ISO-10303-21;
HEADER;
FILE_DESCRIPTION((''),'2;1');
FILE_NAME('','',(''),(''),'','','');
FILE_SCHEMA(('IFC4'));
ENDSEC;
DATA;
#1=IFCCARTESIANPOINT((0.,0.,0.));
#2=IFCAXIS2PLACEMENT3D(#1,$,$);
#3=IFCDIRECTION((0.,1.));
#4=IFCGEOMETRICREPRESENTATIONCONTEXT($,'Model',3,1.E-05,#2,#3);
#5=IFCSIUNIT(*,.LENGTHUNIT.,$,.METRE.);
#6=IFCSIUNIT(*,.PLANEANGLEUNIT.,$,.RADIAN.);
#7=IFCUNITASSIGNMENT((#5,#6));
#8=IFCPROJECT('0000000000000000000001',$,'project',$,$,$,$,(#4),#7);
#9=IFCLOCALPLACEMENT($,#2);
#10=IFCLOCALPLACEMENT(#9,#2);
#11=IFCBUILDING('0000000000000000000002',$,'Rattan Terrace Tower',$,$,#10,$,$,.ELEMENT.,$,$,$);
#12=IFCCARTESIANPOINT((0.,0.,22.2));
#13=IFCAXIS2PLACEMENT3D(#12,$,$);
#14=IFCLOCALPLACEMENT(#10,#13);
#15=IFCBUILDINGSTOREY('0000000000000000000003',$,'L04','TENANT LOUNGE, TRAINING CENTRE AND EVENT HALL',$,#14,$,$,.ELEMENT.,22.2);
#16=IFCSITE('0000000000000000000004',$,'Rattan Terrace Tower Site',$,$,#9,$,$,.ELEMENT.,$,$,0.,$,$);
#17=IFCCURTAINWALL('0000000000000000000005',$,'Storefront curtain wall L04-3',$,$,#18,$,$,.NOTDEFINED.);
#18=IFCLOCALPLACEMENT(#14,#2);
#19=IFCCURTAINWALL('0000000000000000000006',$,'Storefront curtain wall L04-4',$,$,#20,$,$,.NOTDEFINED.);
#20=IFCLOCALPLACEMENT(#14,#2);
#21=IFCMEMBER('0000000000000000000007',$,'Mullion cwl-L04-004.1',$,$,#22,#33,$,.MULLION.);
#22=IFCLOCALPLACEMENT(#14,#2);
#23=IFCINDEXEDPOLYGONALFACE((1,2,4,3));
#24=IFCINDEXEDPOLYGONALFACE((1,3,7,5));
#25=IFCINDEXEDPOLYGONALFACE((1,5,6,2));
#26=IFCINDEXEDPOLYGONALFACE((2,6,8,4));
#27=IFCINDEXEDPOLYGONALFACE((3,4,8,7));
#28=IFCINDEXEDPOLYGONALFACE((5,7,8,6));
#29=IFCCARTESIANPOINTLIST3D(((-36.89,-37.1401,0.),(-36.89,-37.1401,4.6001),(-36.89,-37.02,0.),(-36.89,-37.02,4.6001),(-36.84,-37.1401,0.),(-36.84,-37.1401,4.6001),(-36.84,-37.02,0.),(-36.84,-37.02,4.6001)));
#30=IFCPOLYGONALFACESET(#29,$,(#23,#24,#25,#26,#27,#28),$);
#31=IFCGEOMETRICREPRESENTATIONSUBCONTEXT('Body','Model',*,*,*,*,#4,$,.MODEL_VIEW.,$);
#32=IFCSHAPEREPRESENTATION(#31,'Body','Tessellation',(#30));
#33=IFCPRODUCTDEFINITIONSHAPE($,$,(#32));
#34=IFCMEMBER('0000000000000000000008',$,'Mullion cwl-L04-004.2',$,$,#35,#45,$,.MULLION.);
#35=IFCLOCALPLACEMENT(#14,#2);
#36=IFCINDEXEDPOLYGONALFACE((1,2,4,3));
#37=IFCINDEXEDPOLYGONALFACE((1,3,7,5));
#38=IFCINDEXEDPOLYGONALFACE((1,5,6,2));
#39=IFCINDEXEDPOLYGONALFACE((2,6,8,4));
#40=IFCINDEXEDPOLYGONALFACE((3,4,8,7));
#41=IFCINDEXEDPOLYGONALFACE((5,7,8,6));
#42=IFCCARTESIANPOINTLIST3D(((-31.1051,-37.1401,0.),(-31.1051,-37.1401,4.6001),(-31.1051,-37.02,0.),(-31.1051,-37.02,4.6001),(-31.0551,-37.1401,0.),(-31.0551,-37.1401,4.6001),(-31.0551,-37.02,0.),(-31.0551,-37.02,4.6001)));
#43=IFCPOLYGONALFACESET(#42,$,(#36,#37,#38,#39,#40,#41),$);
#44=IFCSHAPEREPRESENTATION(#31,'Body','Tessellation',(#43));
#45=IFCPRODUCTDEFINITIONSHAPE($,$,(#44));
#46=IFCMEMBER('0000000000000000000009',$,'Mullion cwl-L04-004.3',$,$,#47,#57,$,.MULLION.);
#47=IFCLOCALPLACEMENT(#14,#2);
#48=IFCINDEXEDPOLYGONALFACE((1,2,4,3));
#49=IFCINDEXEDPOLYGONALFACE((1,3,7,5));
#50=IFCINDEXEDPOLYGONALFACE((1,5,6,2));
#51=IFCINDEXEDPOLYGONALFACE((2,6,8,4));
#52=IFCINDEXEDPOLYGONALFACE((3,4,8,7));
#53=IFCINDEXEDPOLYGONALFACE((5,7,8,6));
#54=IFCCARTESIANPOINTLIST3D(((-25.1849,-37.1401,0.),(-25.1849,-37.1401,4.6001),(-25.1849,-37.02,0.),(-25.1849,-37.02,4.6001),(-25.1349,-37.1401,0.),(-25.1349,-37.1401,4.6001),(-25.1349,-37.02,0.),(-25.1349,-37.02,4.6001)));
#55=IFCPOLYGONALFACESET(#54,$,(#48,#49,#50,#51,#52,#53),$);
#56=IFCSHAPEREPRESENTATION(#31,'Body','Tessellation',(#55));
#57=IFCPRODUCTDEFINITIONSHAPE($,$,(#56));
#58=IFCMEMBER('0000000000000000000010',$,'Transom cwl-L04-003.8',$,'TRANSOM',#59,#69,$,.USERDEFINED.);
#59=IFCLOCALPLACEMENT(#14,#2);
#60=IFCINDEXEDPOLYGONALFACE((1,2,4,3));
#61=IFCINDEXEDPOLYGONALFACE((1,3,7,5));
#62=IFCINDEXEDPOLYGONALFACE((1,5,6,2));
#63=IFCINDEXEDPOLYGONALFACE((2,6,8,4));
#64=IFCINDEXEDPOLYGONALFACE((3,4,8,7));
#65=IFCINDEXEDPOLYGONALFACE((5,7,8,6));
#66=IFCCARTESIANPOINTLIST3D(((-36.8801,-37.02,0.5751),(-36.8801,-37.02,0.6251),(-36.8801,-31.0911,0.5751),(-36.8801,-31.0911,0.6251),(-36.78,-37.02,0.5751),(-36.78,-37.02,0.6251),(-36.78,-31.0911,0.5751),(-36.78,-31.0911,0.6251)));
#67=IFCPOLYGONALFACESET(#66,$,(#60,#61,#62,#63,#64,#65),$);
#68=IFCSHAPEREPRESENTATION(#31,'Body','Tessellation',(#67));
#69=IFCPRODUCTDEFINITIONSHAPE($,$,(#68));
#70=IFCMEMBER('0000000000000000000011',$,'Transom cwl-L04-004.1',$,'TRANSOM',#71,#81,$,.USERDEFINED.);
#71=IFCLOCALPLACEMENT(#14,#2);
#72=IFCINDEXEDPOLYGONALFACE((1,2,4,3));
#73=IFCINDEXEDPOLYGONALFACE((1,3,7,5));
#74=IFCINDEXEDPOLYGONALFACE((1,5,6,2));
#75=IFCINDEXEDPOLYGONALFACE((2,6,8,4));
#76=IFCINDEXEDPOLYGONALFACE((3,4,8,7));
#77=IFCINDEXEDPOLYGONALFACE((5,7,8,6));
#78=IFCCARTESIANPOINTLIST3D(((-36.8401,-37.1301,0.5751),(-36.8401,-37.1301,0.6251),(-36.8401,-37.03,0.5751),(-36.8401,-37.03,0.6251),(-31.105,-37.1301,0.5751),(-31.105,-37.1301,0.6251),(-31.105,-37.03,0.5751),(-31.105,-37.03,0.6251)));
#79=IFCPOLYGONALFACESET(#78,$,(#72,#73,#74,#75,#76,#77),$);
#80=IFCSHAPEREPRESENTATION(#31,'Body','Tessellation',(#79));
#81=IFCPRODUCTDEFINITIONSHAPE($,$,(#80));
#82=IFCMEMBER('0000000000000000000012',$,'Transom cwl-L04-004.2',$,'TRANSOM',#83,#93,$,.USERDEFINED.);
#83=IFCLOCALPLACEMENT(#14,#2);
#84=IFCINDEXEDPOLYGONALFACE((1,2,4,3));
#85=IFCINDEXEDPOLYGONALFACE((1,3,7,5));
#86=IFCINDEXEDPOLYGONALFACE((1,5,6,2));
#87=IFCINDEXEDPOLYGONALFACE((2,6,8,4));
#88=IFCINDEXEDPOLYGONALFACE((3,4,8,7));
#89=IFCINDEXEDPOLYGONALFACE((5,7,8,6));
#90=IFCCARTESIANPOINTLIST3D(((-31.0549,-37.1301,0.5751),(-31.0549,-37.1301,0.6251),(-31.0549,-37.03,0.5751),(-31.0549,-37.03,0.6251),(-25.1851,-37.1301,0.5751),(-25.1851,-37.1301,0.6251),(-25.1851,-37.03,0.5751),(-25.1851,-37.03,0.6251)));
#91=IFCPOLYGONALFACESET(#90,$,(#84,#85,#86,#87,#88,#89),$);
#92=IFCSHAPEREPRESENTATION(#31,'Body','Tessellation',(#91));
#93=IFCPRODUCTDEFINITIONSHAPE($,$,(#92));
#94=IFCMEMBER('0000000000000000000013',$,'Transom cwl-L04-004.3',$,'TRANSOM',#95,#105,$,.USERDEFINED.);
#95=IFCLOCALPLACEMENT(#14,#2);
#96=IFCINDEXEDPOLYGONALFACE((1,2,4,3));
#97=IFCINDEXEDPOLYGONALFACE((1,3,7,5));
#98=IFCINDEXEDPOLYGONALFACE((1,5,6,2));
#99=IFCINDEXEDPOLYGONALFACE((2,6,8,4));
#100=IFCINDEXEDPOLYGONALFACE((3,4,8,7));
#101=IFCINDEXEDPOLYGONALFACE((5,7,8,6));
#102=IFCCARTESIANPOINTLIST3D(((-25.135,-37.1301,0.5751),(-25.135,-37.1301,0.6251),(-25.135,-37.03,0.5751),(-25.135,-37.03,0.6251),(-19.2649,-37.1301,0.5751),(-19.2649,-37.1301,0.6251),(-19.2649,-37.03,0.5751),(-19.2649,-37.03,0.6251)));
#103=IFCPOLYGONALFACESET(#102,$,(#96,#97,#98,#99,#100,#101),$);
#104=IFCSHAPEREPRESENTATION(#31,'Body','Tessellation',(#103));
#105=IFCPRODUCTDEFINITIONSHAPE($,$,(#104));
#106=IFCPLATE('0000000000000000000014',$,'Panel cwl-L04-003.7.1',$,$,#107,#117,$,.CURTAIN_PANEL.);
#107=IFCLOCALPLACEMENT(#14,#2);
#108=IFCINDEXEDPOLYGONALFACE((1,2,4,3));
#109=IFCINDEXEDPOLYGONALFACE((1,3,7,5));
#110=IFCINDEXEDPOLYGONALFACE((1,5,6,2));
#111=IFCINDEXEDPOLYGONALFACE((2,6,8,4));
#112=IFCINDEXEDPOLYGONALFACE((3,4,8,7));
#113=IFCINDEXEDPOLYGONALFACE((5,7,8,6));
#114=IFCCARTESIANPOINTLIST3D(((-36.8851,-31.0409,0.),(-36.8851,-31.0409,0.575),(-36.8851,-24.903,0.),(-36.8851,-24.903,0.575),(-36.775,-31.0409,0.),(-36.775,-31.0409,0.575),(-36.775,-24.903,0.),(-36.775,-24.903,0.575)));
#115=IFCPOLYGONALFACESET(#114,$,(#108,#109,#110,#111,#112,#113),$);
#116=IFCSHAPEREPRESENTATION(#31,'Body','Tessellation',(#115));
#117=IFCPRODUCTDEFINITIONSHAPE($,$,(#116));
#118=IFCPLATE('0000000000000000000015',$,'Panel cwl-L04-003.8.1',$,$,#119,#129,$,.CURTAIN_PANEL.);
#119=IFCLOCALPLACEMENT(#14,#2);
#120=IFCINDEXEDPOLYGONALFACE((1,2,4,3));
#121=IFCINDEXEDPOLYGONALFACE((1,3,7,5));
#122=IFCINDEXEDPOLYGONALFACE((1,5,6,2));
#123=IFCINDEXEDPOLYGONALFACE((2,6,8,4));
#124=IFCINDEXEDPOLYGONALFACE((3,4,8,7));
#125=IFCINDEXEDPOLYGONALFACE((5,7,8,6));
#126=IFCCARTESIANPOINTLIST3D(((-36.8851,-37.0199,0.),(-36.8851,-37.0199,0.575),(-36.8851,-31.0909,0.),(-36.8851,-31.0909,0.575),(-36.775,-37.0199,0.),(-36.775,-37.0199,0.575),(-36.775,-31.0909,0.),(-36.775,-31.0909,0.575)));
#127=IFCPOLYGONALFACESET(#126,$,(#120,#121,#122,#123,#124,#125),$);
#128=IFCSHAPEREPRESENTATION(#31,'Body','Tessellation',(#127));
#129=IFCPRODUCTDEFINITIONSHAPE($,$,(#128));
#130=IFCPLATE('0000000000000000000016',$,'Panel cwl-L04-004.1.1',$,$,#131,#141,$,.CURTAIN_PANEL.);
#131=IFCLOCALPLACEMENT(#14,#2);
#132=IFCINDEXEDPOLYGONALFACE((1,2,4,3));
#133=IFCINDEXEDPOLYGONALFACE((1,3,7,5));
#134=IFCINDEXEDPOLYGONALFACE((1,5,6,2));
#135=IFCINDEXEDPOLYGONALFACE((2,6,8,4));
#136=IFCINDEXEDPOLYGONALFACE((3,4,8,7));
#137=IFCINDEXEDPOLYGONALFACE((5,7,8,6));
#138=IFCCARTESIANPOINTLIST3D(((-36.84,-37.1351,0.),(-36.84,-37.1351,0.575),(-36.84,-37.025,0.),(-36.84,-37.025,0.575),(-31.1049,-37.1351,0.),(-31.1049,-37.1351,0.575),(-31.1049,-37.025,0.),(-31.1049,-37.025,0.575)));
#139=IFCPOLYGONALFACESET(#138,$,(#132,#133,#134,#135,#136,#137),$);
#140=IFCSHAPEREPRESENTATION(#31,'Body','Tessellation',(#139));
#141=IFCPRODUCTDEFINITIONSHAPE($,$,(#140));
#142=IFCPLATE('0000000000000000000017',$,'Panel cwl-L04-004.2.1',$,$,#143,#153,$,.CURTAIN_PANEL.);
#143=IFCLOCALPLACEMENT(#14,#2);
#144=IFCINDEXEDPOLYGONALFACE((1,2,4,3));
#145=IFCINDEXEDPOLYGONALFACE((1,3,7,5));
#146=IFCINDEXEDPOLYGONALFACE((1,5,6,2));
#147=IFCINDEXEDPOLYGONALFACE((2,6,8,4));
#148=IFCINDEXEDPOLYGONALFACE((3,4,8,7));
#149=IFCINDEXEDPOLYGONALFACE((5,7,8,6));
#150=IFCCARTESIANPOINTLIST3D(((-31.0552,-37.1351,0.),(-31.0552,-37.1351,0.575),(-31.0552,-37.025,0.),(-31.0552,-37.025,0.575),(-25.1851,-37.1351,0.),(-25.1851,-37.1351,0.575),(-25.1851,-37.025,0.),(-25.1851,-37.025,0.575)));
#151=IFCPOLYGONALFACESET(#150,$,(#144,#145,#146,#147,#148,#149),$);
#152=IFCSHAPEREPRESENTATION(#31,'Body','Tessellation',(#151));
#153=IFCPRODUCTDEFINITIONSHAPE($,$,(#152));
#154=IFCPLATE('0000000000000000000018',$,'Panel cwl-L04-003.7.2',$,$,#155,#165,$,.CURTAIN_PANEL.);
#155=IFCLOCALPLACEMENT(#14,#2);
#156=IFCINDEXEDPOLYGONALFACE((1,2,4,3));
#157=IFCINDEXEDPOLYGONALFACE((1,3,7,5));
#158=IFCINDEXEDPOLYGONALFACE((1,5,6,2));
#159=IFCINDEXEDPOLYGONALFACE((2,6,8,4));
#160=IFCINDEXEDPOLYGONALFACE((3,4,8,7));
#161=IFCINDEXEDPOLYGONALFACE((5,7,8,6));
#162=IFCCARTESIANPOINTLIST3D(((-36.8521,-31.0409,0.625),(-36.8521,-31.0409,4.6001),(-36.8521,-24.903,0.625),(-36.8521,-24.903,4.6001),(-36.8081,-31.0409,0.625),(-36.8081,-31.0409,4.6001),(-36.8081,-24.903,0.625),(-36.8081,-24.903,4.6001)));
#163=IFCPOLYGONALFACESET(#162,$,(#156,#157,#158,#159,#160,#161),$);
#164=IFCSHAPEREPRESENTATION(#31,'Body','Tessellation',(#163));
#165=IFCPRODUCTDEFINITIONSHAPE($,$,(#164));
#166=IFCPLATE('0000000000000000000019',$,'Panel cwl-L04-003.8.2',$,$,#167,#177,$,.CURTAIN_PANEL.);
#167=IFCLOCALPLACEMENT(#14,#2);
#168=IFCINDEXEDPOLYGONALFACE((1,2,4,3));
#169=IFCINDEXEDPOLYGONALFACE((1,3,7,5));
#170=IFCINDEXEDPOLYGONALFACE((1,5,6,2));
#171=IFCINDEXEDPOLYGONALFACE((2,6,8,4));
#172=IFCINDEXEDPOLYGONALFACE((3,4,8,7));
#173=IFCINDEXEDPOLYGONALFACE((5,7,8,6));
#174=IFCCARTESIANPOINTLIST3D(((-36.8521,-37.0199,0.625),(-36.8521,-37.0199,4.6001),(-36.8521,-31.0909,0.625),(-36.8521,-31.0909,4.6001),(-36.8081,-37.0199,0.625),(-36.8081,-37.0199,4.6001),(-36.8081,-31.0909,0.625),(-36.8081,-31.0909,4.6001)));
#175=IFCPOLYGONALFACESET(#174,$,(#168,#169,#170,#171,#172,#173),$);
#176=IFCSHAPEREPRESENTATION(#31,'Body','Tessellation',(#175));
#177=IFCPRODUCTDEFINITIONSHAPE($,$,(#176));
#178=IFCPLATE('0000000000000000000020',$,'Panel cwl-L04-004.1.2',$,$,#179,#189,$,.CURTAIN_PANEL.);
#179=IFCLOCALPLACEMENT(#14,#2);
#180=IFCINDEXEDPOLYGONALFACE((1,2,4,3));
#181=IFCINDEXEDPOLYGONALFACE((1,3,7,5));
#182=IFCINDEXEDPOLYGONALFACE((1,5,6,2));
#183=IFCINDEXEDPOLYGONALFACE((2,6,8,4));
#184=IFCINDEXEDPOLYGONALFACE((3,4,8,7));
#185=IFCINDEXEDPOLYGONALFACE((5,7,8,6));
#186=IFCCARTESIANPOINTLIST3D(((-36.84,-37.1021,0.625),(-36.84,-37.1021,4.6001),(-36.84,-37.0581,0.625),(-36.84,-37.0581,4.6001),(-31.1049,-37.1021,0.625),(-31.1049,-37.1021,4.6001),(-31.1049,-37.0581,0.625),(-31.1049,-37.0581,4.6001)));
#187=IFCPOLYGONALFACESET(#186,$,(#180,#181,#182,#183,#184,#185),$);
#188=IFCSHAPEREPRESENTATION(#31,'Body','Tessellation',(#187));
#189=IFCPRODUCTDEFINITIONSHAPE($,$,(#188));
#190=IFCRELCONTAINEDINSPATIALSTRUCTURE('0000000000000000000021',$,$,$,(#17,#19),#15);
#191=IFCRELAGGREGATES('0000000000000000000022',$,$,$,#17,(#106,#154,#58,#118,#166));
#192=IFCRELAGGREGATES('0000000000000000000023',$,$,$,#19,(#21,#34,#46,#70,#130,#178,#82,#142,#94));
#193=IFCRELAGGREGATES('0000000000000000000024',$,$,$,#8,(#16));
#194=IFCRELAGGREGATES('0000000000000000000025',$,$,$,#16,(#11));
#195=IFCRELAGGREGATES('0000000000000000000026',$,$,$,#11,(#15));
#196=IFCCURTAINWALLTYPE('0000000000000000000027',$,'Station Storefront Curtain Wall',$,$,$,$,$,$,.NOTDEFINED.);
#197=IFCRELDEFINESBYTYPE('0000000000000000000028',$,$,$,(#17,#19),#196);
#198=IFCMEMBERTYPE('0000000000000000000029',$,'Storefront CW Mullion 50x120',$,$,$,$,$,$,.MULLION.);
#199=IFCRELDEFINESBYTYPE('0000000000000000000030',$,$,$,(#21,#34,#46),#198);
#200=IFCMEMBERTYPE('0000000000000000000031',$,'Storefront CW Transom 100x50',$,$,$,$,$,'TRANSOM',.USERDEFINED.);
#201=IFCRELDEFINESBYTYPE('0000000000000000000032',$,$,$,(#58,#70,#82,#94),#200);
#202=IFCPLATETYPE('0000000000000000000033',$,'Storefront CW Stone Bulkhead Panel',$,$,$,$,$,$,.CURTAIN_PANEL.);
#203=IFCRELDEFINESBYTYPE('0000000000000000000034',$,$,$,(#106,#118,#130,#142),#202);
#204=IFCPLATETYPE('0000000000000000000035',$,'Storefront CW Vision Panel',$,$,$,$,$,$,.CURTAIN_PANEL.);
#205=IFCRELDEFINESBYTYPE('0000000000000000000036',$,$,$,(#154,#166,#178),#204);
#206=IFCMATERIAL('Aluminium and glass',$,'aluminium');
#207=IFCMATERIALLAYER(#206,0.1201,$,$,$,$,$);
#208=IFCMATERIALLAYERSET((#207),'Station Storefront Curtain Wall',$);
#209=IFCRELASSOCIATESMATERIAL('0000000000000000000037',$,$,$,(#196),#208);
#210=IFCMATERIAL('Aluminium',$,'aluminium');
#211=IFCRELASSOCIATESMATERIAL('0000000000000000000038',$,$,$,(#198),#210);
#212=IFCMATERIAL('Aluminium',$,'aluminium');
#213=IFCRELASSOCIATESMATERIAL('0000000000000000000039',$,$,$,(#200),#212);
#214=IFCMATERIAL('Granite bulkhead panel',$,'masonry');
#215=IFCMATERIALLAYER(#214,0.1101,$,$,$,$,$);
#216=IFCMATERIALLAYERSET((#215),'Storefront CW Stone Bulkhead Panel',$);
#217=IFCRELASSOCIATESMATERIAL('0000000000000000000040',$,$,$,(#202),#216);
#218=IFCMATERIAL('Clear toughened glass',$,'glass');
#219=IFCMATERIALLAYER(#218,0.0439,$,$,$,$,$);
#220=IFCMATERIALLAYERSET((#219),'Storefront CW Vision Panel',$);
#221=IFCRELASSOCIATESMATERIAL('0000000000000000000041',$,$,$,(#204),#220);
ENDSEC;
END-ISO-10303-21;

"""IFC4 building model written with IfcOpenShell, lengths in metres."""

from ifc_helpers import new_model, si_unit, direction, frame, origin, origin_2d, place, context, subcontext, project, spatial, rectangle, extrude, material, layer, layer_set, material_profile, profile_set, type_object, element, aggregate, save


model = new_model("IFC4")

# Units and contexts
model_context = context("Model", 3, precision=1e-05, world=origin(), true_north=direction((0.0, 1.0)))
body_context = subcontext(model_context, "Body", "Model", "MODEL_VIEW")
ifc_project = project(units=[si_unit("LENGTHUNIT", "METRE"), si_unit("PLANEANGLEUNIT", "RADIAN")], contexts=[model_context])

# Site, building, storey
site_placement = place(None, origin())
site = spatial("IfcSite", under=ifc_project, at=site_placement, Name="Rattan Terrace Tower Site", CompositionType="ELEMENT", RefElevation=0.0)
building_placement = place(site_placement, origin())
building = spatial("IfcBuilding", under=site, at=building_placement, Name="Rattan Terrace Tower", CompositionType="ELEMENT")
storey_placement = place(building_placement, frame((0.0, 0.0, 22.2)))
storey = spatial("IfcBuildingStorey", under=building, at=storey_placement, Name="L04", Description="TENANT LOUNGE, TRAINING CENTRE AND EVENT HALL", CompositionType="ELEMENT", Elevation=22.2)

# Curtain wall
ifc_material_1 = material(Name="Aluminium and glass", Category="aluminium")
ifc_layer_1 = layer(ifc_material_1, 0.1201)
ifc_layer_set_1 = layer_set([ifc_layer_1], Name="Station Storefront Curtain Wall")
curtain_wall_type = type_object("IfcCurtainWallType", Name="Station Storefront Curtain Wall", PredefinedType="NOTDEFINED", material=ifc_layer_set_1)
curtain_wall_1_placement = place(storey_placement, origin())
curtain_wall_1 = element("IfcCurtainWall", 1, at=curtain_wall_1_placement, inside=storey, type_object=curtain_wall_type, Name="Storefront curtain wall L04-3", PredefinedType="NOTDEFINED")
ifc_material_2 = material(Name="Aluminium", Category="aluminium")
ifc_material_profile_1 = material_profile(ifc_material_2, rectangle(XDim=0.05, YDim=0.1201, at=origin_2d()), Name="Aluminium 50x120")
ifc_profile_set_1 = profile_set([ifc_material_profile_1], Name="Aluminium")
member_type_1 = type_object("IfcMemberType", Name="Storefront CW Mullion 50x120", PredefinedType="MULLION", material=ifc_profile_set_1)

# Curtain wall, members
curtain_wall_2_placement = place(storey_placement, origin())
curtain_wall_2 = element("IfcCurtainWall", 2, at=curtain_wall_2_placement, inside=storey, type_object=curtain_wall_type, Name="Storefront curtain wall L04-4", PredefinedType="NOTDEFINED")
member_1_placement = place(storey_placement, frame((-36.865, -37.0801, 0.0), z_axis=(0.0, 0.0, 1.0), x_axis=(1.0, 0.0, 0.0)))
member_1 = element("IfcMember", 3, at=member_1_placement, type_object=member_type_1, Name="Mullion cwl-L04-004.1", PredefinedType="MULLION", context=body_context, shape_type="SweptSolid", body=[
    extrude(rectangle(XDim=0.05, YDim=0.1201, at=origin_2d()), origin(), (0.0, 0.0, 1.0), 4.6001),
])
member_2_placement = place(storey_placement, frame((-31.0801, -37.0801, 0.0), z_axis=(0.0, 0.0, 1.0), x_axis=(1.0, 0.0, 0.0)))
member_2 = element("IfcMember", 4, at=member_2_placement, type_object=member_type_1, Name="Mullion cwl-L04-004.2", PredefinedType="MULLION", context=body_context, shape_type="SweptSolid", body=[
    extrude(rectangle(XDim=0.05, YDim=0.1201, at=origin_2d()), origin(), (0.0, 0.0, 1.0), 4.6001),
])
member_3_placement = place(storey_placement, frame((-25.1599, -37.0801, 0.0), z_axis=(0.0, 0.0, 1.0), x_axis=(1.0, 0.0, 0.0)))
member_3 = element("IfcMember", 5, at=member_3_placement, type_object=member_type_1, Name="Mullion cwl-L04-004.3", PredefinedType="MULLION", context=body_context, shape_type="SweptSolid", body=[
    extrude(rectangle(XDim=0.05, YDim=0.1201, at=origin_2d()), origin(), (0.0, 0.0, 1.0), 4.6001),
])

# Members
ifc_material_3 = material(Name="Aluminium", Category="aluminium")
ifc_material_profile_2 = material_profile(ifc_material_3, rectangle(XDim=0.1001, YDim=0.05, at=origin_2d()), Name="Aluminium 100x50")
ifc_profile_set_2 = profile_set([ifc_material_profile_2], Name="Aluminium")
member_type_2 = type_object("IfcMemberType", Name="Storefront CW Transom 100x50", ElementType="TRANSOM", PredefinedType="USERDEFINED", material=ifc_profile_set_2)
member_4_placement = place(storey_placement, frame((-36.8301, -31.0911, 0.6001), z_axis=(0.0, -1.0, 0.0), x_axis=(1.0, 0.0, 0.0)))
member_4 = element("IfcMember", 6, at=member_4_placement, type_object=member_type_2, Name="Transom cwl-L04-003.8", ObjectType="TRANSOM", PredefinedType="USERDEFINED", context=body_context, shape_type="SweptSolid", body=[
    extrude(rectangle(XDim=0.1001, YDim=0.05, at=origin_2d()), origin(), (0.0, 0.0, 1.0), 5.929),
])
member_5_placement = place(storey_placement, frame((-36.8401, -37.0801, 0.6001), z_axis=(1.0, 0.0, 0.0), x_axis=(0.0, 1.0, 0.0)))
member_5 = element("IfcMember", 7, at=member_5_placement, type_object=member_type_2, Name="Transom cwl-L04-004.1", ObjectType="TRANSOM", PredefinedType="USERDEFINED", context=body_context, shape_type="SweptSolid", body=[
    extrude(rectangle(XDim=0.1001, YDim=0.05, at=origin_2d()), origin(), (0.0, 0.0, 1.0), 5.7351),
])
member_6_placement = place(storey_placement, frame((-31.0549, -37.0801, 0.6001), z_axis=(1.0, 0.0, 0.0), x_axis=(0.0, 1.0, 0.0)))
member_6 = element("IfcMember", 8, at=member_6_placement, type_object=member_type_2, Name="Transom cwl-L04-004.2", ObjectType="TRANSOM", PredefinedType="USERDEFINED", context=body_context, shape_type="SweptSolid", body=[
    extrude(rectangle(XDim=0.1001, YDim=0.05, at=origin_2d()), origin(), (0.0, 0.0, 1.0), 5.8699),
])
member_7_placement = place(storey_placement, frame((-25.135, -37.0801, 0.6001), z_axis=(1.0, 0.0, 0.0), x_axis=(0.0, 1.0, 0.0)))
member_7 = element("IfcMember", 9, at=member_7_placement, type_object=member_type_2, Name="Transom cwl-L04-004.3", ObjectType="TRANSOM", PredefinedType="USERDEFINED", context=body_context, shape_type="SweptSolid", body=[
    extrude(rectangle(XDim=0.1001, YDim=0.05, at=origin_2d()), origin(), (0.0, 0.0, 1.0), 5.8701),
])

# Plates
ifc_material_4 = material(Name="Granite bulkhead panel", Category="masonry")
ifc_layer_2 = layer(ifc_material_4, 0.1101)
ifc_layer_set_2 = layer_set([ifc_layer_2], Name="Storefront CW Stone Bulkhead Panel")
plate_type_1 = type_object("IfcPlateType", Name="Storefront CW Stone Bulkhead Panel", PredefinedType="CURTAIN_PANEL", material=ifc_layer_set_2)
plate_1_placement = place(storey_placement, frame((-36.8301, -27.9719, 0.0), z_axis=(0.0, 0.0, 1.0), x_axis=(0.0, -1.0, 0.0)))
plate_1 = element("IfcPlate", 10, at=plate_1_placement, type_object=plate_type_1, Name="Panel cwl-L04-003.7.1", PredefinedType="CURTAIN_PANEL", context=body_context, shape_type="SweptSolid", body=[
    extrude(rectangle(XDim=6.1379, YDim=0.1101, at=origin_2d()), origin(), (0.0, 0.0, 1.0), 0.575),
])
plate_2_placement = place(storey_placement, frame((-36.8301, -34.0554, 0.0), z_axis=(0.0, 0.0, 1.0), x_axis=(0.0, -1.0, 0.0)))
plate_2 = element("IfcPlate", 11, at=plate_2_placement, type_object=plate_type_1, Name="Panel cwl-L04-003.8.1", PredefinedType="CURTAIN_PANEL", context=body_context, shape_type="SweptSolid", body=[
    extrude(rectangle(XDim=5.929, YDim=0.1101, at=origin_2d()), origin(), (0.0, 0.0, 1.0), 0.575),
])
plate_3_placement = place(storey_placement, frame((-33.9724, -37.0801, 0.0), z_axis=(0.0, 0.0, 1.0), x_axis=(1.0, 0.0, 0.0)))
plate_3 = element("IfcPlate", 12, at=plate_3_placement, type_object=plate_type_1, Name="Panel cwl-L04-004.1.1", PredefinedType="CURTAIN_PANEL", context=body_context, shape_type="SweptSolid", body=[
    extrude(rectangle(XDim=5.7351, YDim=0.1101, at=origin_2d()), origin(), (0.0, 0.0, 1.0), 0.575),
])
plate_4_placement = place(storey_placement, frame((-28.1201, -37.0801, 0.0), z_axis=(0.0, 0.0, 1.0), x_axis=(1.0, 0.0, 0.0)))
plate_4 = element("IfcPlate", 13, at=plate_4_placement, type_object=plate_type_1, Name="Panel cwl-L04-004.2.1", PredefinedType="CURTAIN_PANEL", context=body_context, shape_type="SweptSolid", body=[
    extrude(rectangle(XDim=5.8701, YDim=0.1101, at=origin_2d()), origin(), (0.0, 0.0, 1.0), 0.575),
])
ifc_material_5 = material(Name="Clear toughened glass", Category="glass")
ifc_layer_3 = layer(ifc_material_5, 0.0439)
ifc_layer_set_3 = layer_set([ifc_layer_3], Name="Storefront CW Vision Panel")
plate_type_2 = type_object("IfcPlateType", Name="Storefront CW Vision Panel", PredefinedType="CURTAIN_PANEL", material=ifc_layer_set_3)
plate_5_placement = place(storey_placement, frame((-36.8301, -27.9719, 0.625), z_axis=(0.0, 0.0, 1.0), x_axis=(0.0, -1.0, 0.0)))
plate_5 = element("IfcPlate", 14, at=plate_5_placement, type_object=plate_type_2, Name="Panel cwl-L04-003.7.2", PredefinedType="CURTAIN_PANEL", context=body_context, shape_type="SweptSolid", body=[
    extrude(rectangle(XDim=6.1379, YDim=0.0439, at=origin_2d()), origin(), (0.0, 0.0, 1.0), 3.9751),
])
plate_6_placement = place(storey_placement, frame((-36.8301, -34.0554, 0.625), z_axis=(0.0, 0.0, 1.0), x_axis=(0.0, -1.0, 0.0)))
plate_6 = element("IfcPlate", 15, at=plate_6_placement, type_object=plate_type_2, Name="Panel cwl-L04-003.8.2", PredefinedType="CURTAIN_PANEL", context=body_context, shape_type="SweptSolid", body=[
    extrude(rectangle(XDim=5.929, YDim=0.0439, at=origin_2d()), origin(), (0.0, 0.0, 1.0), 3.9751),
])
aggregate(curtain_wall_1, [plate_1, plate_5, member_4, plate_2, plate_6])
plate_7_placement = place(storey_placement, frame((-33.9724, -37.0801, 0.625), z_axis=(0.0, 0.0, 1.0), x_axis=(1.0, 0.0, 0.0)))
plate_7 = element("IfcPlate", 16, at=plate_7_placement, type_object=plate_type_2, Name="Panel cwl-L04-004.1.2", PredefinedType="CURTAIN_PANEL", context=body_context, shape_type="SweptSolid", body=[
    extrude(rectangle(XDim=5.7351, YDim=0.0439, at=origin_2d()), origin(), (0.0, 0.0, 1.0), 3.9751),
])
aggregate(curtain_wall_2, [member_1, member_2, member_3, member_5, plate_3, plate_7, member_6, plate_4, member_7])

save(model, "model.ifc")
